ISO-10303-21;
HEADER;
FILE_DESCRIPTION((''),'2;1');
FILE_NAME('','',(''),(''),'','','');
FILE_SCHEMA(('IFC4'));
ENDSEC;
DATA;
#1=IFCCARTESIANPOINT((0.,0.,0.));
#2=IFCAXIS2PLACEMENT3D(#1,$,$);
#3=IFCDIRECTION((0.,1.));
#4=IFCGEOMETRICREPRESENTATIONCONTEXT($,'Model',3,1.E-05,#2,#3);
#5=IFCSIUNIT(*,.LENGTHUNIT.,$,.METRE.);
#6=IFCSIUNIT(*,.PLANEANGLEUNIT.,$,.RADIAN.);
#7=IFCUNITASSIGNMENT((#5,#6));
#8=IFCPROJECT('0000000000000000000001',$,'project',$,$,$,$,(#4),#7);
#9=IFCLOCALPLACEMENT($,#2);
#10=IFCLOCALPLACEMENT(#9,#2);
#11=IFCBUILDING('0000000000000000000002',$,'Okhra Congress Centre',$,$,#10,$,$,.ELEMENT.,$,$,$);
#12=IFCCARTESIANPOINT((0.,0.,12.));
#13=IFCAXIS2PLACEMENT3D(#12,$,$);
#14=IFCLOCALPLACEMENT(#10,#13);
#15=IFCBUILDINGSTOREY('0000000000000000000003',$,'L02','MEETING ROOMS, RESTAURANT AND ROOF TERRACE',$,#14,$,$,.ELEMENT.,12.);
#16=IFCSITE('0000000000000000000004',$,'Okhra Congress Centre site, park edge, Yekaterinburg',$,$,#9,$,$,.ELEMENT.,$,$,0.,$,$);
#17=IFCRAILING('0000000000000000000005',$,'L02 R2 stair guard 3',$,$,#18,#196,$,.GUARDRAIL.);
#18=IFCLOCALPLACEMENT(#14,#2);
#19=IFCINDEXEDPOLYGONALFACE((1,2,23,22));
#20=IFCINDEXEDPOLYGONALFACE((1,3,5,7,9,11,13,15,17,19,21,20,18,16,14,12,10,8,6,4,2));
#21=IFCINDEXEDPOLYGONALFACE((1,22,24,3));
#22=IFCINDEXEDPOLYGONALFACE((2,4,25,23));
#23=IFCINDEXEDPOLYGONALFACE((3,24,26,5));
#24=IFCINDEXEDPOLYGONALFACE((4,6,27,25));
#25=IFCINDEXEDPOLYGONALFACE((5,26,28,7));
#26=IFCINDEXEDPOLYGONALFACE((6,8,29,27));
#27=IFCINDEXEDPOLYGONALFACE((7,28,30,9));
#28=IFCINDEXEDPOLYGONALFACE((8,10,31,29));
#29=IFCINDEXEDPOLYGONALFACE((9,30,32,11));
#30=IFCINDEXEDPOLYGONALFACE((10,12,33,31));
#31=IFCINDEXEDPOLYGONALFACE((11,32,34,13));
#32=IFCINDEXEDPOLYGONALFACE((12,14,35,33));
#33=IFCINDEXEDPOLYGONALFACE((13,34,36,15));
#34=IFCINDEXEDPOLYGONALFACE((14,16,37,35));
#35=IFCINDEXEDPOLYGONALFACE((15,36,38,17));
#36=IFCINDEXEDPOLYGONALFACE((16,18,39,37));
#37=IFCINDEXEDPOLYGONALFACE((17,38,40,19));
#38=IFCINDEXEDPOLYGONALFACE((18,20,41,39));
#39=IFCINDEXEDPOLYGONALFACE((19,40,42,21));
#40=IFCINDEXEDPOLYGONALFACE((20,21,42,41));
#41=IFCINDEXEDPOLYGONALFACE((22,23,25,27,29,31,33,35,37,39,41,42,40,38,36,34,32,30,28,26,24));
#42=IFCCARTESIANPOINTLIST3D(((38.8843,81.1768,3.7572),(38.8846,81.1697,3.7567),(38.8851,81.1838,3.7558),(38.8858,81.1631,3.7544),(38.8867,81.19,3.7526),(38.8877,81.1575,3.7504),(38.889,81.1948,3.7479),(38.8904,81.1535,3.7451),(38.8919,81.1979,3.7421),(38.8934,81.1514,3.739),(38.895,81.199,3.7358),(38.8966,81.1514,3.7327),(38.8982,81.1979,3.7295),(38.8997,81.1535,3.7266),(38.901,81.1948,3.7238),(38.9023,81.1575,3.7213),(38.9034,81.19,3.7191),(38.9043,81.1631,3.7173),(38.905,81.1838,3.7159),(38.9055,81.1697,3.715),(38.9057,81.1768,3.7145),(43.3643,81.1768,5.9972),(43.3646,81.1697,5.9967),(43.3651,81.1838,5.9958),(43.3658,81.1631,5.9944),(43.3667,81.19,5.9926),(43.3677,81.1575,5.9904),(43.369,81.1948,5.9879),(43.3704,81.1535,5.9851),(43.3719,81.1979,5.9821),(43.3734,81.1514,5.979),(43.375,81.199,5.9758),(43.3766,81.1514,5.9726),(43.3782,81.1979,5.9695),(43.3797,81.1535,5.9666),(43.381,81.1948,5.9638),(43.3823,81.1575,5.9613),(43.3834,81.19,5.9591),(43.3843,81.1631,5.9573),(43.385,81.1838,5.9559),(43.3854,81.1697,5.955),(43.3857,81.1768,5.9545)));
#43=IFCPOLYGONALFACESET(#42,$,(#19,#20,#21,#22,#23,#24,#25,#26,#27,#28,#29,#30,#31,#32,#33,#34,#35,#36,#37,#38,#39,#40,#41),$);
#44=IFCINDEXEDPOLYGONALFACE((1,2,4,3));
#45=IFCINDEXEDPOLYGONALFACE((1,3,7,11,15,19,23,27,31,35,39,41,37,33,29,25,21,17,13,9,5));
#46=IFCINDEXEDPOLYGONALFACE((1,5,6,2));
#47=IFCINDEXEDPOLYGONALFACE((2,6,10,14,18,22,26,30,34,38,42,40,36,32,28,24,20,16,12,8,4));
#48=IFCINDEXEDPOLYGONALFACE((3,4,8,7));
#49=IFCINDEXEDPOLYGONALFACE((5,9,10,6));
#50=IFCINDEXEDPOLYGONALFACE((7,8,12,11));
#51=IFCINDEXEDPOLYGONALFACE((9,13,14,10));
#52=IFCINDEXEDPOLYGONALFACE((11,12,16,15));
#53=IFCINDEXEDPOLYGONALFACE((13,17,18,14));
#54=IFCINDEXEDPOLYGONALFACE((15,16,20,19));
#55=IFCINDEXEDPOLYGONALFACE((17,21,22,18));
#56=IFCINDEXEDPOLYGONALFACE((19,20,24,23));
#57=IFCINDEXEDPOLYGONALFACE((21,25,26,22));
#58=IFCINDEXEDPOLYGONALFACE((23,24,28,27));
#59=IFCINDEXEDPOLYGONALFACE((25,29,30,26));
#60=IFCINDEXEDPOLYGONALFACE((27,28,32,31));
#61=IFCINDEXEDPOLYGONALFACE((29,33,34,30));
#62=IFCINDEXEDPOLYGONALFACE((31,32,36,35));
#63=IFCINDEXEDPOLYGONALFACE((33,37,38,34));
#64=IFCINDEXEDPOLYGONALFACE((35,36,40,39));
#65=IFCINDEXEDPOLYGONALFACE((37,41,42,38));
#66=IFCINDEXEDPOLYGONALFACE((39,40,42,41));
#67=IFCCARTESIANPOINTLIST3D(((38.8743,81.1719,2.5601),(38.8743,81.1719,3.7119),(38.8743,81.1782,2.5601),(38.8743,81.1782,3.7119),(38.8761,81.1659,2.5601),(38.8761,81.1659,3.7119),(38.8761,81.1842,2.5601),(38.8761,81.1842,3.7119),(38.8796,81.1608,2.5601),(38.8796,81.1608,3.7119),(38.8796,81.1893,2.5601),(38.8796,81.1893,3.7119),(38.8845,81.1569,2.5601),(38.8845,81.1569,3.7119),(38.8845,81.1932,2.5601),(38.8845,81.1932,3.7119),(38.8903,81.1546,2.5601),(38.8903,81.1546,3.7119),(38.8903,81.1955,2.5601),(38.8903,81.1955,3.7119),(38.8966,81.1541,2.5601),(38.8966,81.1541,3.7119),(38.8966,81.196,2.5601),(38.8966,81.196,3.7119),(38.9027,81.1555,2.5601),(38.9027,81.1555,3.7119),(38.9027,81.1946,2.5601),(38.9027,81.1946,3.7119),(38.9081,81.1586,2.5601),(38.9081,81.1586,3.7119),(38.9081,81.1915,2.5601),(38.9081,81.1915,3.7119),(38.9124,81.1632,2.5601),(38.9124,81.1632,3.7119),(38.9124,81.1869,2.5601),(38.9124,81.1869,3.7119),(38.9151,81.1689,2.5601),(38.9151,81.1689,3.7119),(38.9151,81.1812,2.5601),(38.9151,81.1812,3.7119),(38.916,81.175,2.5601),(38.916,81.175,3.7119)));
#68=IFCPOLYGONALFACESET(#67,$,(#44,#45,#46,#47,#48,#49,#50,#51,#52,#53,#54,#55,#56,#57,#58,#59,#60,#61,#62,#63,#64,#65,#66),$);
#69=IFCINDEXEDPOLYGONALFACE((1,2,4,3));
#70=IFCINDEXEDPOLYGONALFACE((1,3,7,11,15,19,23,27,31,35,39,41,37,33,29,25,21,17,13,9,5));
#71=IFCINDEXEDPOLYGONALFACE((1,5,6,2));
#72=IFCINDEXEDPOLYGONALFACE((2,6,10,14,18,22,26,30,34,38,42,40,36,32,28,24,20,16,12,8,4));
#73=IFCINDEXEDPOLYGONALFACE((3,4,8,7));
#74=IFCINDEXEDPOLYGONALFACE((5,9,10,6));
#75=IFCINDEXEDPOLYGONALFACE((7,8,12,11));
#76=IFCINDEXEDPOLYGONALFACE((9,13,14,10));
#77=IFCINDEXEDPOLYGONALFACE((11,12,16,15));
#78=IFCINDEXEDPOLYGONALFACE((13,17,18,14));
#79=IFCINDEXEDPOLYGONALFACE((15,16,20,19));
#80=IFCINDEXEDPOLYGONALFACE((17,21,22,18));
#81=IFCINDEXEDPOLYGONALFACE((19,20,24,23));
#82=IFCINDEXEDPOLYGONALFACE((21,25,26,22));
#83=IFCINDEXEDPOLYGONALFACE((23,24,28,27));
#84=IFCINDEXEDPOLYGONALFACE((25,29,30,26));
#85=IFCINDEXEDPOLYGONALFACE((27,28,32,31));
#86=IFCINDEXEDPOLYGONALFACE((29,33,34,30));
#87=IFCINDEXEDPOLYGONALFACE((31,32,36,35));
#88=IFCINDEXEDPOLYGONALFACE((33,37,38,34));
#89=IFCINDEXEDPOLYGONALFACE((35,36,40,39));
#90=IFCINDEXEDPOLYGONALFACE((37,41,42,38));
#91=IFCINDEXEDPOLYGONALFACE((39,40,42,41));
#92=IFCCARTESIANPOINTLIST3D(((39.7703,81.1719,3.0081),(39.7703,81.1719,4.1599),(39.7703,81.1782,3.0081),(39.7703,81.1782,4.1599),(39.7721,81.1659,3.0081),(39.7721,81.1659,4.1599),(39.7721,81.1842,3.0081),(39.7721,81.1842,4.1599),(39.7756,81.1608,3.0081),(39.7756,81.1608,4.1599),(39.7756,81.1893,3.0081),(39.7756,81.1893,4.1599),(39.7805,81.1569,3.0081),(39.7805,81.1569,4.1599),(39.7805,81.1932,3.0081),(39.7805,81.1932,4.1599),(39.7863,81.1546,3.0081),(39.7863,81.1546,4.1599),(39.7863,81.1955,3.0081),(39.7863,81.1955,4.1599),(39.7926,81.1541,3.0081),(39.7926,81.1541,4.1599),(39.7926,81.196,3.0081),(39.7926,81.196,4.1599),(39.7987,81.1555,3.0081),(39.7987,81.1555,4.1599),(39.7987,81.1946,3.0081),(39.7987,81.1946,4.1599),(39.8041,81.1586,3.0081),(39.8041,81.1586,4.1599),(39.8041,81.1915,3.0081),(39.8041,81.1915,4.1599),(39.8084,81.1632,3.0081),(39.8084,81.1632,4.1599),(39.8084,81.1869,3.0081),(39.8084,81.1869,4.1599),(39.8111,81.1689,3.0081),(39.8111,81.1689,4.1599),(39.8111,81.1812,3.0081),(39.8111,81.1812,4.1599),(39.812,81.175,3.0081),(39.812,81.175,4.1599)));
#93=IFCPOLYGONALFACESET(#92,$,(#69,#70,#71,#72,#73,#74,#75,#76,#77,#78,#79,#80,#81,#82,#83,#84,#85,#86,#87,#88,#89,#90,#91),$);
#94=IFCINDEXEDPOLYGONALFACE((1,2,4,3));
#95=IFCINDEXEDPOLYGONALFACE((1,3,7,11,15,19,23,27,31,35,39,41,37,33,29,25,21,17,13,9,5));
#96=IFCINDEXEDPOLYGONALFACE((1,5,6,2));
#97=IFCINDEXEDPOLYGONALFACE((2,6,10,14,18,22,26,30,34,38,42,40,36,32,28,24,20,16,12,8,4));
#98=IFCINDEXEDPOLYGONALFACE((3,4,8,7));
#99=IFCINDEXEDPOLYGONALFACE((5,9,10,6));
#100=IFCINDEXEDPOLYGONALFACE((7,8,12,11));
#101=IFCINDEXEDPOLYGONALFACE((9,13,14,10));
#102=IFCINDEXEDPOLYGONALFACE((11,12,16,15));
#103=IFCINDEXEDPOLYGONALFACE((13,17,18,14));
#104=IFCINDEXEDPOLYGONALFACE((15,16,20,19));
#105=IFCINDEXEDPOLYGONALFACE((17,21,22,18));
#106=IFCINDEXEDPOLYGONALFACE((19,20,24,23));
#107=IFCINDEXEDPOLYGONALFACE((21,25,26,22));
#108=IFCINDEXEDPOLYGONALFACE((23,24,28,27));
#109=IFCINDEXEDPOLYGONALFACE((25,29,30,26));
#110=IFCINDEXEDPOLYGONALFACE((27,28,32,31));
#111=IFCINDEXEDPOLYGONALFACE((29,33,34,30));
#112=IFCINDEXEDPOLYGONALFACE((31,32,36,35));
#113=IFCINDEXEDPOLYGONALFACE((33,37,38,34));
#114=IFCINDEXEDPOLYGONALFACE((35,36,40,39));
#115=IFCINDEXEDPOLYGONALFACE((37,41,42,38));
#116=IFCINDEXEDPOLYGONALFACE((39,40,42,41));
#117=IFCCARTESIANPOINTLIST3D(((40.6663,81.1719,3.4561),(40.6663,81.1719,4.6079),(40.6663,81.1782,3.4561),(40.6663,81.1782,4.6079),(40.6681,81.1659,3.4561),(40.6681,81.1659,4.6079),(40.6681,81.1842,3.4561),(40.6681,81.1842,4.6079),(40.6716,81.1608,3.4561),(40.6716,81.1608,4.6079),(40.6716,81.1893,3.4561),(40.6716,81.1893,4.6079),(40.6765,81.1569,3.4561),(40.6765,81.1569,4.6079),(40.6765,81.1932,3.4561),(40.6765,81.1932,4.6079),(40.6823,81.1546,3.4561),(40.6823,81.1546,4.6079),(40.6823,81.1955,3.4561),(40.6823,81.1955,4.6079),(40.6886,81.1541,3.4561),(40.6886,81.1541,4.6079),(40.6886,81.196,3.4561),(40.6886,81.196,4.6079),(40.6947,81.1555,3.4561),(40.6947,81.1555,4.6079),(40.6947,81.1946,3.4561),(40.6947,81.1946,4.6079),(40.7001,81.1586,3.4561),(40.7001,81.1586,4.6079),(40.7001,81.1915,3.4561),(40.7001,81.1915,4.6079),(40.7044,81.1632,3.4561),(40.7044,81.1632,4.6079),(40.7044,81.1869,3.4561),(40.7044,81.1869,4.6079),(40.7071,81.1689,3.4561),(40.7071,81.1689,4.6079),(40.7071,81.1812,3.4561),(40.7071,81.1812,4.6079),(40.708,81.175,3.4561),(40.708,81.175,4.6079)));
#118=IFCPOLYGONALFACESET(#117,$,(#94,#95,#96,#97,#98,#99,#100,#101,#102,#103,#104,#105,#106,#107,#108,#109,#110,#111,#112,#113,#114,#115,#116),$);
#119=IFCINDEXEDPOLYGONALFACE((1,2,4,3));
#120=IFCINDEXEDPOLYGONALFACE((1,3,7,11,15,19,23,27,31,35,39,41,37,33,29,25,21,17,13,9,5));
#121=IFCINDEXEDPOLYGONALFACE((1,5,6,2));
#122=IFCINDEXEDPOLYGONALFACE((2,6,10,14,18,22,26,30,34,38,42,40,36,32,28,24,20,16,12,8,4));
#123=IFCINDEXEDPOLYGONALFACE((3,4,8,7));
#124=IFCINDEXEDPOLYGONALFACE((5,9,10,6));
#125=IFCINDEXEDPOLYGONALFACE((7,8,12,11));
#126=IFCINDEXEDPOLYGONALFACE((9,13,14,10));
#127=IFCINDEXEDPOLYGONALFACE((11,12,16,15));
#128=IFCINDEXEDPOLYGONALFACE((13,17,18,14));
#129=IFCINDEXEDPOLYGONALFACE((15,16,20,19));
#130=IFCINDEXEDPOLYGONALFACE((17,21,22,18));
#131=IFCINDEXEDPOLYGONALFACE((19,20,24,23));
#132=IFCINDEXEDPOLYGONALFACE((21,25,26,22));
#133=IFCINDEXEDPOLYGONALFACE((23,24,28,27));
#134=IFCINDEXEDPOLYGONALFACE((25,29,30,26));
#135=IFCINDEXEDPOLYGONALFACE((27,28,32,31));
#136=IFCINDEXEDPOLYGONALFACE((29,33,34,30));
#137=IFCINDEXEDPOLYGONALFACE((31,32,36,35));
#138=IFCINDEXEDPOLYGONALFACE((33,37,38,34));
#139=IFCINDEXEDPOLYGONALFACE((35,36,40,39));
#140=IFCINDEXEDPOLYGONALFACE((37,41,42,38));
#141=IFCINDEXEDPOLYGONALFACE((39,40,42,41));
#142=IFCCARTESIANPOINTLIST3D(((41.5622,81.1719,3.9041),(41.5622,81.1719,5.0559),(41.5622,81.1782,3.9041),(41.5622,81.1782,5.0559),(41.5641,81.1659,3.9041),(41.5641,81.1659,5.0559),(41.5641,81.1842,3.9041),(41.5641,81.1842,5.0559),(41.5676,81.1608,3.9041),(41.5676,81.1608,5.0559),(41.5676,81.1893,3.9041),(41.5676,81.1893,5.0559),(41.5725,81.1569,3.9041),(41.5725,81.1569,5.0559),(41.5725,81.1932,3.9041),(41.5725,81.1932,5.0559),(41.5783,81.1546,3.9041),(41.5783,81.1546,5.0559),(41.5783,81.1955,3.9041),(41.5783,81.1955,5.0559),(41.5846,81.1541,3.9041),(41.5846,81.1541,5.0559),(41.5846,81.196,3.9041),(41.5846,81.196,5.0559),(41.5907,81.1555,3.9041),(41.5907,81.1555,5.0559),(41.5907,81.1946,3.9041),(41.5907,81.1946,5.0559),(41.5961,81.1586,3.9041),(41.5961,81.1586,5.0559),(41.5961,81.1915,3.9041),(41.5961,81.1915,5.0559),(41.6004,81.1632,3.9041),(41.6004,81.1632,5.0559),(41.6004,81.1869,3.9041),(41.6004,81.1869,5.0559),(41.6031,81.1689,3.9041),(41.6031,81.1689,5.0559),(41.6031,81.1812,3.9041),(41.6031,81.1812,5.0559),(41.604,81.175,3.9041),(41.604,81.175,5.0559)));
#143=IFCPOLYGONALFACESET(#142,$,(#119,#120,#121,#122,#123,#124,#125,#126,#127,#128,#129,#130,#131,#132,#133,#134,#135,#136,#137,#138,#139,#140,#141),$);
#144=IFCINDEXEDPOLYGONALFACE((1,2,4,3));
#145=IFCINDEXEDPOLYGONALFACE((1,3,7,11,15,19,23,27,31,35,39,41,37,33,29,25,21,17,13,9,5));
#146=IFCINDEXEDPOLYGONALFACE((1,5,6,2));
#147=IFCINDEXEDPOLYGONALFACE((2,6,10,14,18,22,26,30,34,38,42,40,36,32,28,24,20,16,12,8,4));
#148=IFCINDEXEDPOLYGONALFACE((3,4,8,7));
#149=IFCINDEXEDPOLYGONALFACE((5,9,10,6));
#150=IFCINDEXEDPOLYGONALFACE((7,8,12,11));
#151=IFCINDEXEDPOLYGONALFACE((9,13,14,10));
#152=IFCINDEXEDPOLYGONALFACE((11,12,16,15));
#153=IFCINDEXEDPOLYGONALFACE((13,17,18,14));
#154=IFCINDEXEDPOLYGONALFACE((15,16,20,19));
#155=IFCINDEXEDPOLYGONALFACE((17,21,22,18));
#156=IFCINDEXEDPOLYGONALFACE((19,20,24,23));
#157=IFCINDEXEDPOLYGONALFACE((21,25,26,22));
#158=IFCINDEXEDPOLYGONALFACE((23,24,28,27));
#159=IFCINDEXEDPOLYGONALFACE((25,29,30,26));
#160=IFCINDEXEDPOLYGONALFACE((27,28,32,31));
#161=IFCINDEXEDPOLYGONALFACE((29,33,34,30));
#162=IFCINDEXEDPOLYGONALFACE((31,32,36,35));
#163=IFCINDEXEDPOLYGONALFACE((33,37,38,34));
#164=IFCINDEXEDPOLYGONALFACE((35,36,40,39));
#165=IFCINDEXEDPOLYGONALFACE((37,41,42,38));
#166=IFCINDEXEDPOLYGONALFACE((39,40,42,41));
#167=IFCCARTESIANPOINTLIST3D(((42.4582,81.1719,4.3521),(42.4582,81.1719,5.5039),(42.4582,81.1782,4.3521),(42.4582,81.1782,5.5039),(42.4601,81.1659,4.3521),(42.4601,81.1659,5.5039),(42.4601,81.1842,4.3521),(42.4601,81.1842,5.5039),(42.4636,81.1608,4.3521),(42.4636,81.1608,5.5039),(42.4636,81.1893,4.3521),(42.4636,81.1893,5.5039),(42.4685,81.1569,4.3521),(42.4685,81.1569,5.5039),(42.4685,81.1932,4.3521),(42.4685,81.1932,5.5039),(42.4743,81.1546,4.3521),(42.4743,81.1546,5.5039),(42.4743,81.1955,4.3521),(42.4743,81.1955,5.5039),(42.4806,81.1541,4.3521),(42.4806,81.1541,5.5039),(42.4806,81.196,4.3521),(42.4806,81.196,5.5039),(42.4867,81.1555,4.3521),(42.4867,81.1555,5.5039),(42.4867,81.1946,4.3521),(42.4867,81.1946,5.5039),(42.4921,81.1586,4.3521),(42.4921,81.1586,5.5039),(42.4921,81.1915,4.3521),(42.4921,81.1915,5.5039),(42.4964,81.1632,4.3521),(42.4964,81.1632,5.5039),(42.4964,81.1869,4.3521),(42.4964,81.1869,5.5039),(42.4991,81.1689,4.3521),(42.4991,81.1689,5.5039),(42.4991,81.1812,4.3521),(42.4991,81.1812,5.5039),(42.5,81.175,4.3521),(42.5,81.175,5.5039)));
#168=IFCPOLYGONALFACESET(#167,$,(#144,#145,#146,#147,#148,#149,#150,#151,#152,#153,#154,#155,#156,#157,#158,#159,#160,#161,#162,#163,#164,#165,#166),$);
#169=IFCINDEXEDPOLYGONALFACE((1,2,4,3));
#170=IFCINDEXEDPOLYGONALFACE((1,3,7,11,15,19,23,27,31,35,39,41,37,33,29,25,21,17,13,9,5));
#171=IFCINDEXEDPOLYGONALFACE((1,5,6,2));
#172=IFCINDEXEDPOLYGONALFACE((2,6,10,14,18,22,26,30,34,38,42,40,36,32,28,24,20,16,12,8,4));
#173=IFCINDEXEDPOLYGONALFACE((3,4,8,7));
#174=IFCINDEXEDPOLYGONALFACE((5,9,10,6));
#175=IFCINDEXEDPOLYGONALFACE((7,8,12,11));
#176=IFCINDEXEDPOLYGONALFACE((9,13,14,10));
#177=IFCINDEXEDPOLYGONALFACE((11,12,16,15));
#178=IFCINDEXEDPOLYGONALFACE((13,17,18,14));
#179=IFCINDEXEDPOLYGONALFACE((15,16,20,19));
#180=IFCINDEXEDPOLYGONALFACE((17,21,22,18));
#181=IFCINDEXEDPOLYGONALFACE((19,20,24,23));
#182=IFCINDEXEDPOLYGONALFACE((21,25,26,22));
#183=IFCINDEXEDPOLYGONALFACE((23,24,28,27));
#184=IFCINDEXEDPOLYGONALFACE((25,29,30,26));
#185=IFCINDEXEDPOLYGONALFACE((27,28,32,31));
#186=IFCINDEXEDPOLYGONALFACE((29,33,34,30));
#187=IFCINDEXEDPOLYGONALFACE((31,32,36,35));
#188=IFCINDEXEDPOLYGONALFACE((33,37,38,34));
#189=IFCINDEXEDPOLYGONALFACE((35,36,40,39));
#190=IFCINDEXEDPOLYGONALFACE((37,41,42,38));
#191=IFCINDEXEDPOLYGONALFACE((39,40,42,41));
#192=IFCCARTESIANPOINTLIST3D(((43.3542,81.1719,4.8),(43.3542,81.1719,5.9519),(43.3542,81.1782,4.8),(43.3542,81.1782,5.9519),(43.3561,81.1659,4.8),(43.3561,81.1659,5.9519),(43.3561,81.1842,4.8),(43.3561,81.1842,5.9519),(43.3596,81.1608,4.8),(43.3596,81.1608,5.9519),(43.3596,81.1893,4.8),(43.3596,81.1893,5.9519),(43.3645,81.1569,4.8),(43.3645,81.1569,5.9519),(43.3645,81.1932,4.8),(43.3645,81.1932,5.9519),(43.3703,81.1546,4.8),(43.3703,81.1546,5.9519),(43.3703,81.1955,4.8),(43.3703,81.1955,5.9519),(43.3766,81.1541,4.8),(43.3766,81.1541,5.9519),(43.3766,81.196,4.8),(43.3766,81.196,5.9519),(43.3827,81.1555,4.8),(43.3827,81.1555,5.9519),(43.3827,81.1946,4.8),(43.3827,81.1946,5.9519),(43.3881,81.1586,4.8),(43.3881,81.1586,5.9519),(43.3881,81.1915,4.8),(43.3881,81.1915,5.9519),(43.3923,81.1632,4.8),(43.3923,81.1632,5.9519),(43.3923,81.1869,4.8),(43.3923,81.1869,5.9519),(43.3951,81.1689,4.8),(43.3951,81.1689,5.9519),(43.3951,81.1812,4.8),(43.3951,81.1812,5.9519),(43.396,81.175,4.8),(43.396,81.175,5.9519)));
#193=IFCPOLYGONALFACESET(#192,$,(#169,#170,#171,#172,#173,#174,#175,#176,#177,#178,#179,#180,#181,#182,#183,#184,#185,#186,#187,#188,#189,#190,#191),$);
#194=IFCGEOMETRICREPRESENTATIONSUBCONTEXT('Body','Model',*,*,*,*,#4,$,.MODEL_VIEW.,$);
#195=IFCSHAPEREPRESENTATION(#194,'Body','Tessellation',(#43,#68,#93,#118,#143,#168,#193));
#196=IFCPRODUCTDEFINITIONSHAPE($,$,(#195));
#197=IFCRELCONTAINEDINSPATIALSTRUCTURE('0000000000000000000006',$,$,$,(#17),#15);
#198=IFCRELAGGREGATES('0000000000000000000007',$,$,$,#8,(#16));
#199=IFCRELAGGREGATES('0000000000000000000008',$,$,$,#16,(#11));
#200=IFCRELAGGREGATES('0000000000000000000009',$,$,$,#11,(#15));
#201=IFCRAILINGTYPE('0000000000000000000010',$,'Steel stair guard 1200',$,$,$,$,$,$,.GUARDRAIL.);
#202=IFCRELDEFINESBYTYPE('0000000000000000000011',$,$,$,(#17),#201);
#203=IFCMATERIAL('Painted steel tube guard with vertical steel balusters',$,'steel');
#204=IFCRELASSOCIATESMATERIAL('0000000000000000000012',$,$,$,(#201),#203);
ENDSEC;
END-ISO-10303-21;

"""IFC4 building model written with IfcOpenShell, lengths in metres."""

from ifc_helpers import new_model, si_unit, direction, frame, origin, origin_2d, place, context, subcontext, project, spatial, circle, extrude, material, type_object, element, save


model = new_model("IFC4")

# Units and contexts
model_context = context("Model", 3, precision=1e-05, world=origin(), true_north=direction((0.0, 1.0)))
body_context = subcontext(model_context, "Body", "Model", "MODEL_VIEW")
ifc_project = project(units=[si_unit("LENGTHUNIT", "METRE"), si_unit("PLANEANGLEUNIT", "RADIAN")], contexts=[model_context])

# Site, building, storey
site_placement = place(None, origin())
site = spatial("IfcSite", under=ifc_project, at=site_placement, Name="Okhra Congress Centre site, park edge, Yekaterinburg", CompositionType="ELEMENT", RefElevation=0.0)
building_placement = place(site_placement, origin())
building = spatial("IfcBuilding", under=site, at=building_placement, Name="Okhra Congress Centre", CompositionType="ELEMENT")
storey_placement = place(building_placement, frame((0.0, 0.0, 12.0)))
storey = spatial("IfcBuildingStorey", under=building, at=storey_placement, Name="L02", Description="MEETING ROOMS, RESTAURANT AND ROOF TERRACE", CompositionType="ELEMENT", Elevation=12.0)

# Railing
ifc_material_1 = material(Name="Painted steel tube guard with vertical steel balusters", Category="steel")
railing_type_1 = type_object("IfcRailingType", Name="Steel stair guard 1200", PredefinedType="GUARDRAIL", material=ifc_material_1)
railing_1_placement = place(storey_placement, frame((38.895, 81.175, 2.5601)))
element("IfcRailing", 1, at=railing_1_placement, inside=storey, type_object=railing_type_1, Name="L02 R2 stair guard 3", PredefinedType="GUARDRAIL", context=body_context, shape_type="SweptSolid", body=[
    extrude(circle(Radius=0.0239, at=origin_2d()), frame((0.0, 0.0, 1.1758), z_axis=(0.894427, 0.0, 0.447214), x_axis=(0.0, 1.0, 0.0)), (0.0, 0.0, 1.0), 5.0088),
    extrude(circle(Radius=0.021, at=origin_2d()), origin(), (0.0, 0.0, 1.0), 1.1519),
    extrude(circle(Radius=0.021, at=origin_2d()), frame((0.896, 0.0, 0.448)), (0.0, 0.0, 1.0), 1.1519),
    extrude(circle(Radius=0.021, at=origin_2d()), frame((1.792, 0.0, 0.896)), (0.0, 0.0, 1.0), 1.1519),
    extrude(circle(Radius=0.021, at=origin_2d()), frame((2.688, 0.0, 1.344)), (0.0, 0.0, 1.0), 1.1519),
    extrude(circle(Radius=0.021, at=origin_2d()), frame((3.584, 0.0, 1.792)), (0.0, 0.0, 1.0), 1.1519),
    extrude(circle(Radius=0.021, at=origin_2d()), frame((4.48, 0.0, 2.24)), (0.0, 0.0, 1.0), 1.1519),
])

save(model, "model.ifc")
